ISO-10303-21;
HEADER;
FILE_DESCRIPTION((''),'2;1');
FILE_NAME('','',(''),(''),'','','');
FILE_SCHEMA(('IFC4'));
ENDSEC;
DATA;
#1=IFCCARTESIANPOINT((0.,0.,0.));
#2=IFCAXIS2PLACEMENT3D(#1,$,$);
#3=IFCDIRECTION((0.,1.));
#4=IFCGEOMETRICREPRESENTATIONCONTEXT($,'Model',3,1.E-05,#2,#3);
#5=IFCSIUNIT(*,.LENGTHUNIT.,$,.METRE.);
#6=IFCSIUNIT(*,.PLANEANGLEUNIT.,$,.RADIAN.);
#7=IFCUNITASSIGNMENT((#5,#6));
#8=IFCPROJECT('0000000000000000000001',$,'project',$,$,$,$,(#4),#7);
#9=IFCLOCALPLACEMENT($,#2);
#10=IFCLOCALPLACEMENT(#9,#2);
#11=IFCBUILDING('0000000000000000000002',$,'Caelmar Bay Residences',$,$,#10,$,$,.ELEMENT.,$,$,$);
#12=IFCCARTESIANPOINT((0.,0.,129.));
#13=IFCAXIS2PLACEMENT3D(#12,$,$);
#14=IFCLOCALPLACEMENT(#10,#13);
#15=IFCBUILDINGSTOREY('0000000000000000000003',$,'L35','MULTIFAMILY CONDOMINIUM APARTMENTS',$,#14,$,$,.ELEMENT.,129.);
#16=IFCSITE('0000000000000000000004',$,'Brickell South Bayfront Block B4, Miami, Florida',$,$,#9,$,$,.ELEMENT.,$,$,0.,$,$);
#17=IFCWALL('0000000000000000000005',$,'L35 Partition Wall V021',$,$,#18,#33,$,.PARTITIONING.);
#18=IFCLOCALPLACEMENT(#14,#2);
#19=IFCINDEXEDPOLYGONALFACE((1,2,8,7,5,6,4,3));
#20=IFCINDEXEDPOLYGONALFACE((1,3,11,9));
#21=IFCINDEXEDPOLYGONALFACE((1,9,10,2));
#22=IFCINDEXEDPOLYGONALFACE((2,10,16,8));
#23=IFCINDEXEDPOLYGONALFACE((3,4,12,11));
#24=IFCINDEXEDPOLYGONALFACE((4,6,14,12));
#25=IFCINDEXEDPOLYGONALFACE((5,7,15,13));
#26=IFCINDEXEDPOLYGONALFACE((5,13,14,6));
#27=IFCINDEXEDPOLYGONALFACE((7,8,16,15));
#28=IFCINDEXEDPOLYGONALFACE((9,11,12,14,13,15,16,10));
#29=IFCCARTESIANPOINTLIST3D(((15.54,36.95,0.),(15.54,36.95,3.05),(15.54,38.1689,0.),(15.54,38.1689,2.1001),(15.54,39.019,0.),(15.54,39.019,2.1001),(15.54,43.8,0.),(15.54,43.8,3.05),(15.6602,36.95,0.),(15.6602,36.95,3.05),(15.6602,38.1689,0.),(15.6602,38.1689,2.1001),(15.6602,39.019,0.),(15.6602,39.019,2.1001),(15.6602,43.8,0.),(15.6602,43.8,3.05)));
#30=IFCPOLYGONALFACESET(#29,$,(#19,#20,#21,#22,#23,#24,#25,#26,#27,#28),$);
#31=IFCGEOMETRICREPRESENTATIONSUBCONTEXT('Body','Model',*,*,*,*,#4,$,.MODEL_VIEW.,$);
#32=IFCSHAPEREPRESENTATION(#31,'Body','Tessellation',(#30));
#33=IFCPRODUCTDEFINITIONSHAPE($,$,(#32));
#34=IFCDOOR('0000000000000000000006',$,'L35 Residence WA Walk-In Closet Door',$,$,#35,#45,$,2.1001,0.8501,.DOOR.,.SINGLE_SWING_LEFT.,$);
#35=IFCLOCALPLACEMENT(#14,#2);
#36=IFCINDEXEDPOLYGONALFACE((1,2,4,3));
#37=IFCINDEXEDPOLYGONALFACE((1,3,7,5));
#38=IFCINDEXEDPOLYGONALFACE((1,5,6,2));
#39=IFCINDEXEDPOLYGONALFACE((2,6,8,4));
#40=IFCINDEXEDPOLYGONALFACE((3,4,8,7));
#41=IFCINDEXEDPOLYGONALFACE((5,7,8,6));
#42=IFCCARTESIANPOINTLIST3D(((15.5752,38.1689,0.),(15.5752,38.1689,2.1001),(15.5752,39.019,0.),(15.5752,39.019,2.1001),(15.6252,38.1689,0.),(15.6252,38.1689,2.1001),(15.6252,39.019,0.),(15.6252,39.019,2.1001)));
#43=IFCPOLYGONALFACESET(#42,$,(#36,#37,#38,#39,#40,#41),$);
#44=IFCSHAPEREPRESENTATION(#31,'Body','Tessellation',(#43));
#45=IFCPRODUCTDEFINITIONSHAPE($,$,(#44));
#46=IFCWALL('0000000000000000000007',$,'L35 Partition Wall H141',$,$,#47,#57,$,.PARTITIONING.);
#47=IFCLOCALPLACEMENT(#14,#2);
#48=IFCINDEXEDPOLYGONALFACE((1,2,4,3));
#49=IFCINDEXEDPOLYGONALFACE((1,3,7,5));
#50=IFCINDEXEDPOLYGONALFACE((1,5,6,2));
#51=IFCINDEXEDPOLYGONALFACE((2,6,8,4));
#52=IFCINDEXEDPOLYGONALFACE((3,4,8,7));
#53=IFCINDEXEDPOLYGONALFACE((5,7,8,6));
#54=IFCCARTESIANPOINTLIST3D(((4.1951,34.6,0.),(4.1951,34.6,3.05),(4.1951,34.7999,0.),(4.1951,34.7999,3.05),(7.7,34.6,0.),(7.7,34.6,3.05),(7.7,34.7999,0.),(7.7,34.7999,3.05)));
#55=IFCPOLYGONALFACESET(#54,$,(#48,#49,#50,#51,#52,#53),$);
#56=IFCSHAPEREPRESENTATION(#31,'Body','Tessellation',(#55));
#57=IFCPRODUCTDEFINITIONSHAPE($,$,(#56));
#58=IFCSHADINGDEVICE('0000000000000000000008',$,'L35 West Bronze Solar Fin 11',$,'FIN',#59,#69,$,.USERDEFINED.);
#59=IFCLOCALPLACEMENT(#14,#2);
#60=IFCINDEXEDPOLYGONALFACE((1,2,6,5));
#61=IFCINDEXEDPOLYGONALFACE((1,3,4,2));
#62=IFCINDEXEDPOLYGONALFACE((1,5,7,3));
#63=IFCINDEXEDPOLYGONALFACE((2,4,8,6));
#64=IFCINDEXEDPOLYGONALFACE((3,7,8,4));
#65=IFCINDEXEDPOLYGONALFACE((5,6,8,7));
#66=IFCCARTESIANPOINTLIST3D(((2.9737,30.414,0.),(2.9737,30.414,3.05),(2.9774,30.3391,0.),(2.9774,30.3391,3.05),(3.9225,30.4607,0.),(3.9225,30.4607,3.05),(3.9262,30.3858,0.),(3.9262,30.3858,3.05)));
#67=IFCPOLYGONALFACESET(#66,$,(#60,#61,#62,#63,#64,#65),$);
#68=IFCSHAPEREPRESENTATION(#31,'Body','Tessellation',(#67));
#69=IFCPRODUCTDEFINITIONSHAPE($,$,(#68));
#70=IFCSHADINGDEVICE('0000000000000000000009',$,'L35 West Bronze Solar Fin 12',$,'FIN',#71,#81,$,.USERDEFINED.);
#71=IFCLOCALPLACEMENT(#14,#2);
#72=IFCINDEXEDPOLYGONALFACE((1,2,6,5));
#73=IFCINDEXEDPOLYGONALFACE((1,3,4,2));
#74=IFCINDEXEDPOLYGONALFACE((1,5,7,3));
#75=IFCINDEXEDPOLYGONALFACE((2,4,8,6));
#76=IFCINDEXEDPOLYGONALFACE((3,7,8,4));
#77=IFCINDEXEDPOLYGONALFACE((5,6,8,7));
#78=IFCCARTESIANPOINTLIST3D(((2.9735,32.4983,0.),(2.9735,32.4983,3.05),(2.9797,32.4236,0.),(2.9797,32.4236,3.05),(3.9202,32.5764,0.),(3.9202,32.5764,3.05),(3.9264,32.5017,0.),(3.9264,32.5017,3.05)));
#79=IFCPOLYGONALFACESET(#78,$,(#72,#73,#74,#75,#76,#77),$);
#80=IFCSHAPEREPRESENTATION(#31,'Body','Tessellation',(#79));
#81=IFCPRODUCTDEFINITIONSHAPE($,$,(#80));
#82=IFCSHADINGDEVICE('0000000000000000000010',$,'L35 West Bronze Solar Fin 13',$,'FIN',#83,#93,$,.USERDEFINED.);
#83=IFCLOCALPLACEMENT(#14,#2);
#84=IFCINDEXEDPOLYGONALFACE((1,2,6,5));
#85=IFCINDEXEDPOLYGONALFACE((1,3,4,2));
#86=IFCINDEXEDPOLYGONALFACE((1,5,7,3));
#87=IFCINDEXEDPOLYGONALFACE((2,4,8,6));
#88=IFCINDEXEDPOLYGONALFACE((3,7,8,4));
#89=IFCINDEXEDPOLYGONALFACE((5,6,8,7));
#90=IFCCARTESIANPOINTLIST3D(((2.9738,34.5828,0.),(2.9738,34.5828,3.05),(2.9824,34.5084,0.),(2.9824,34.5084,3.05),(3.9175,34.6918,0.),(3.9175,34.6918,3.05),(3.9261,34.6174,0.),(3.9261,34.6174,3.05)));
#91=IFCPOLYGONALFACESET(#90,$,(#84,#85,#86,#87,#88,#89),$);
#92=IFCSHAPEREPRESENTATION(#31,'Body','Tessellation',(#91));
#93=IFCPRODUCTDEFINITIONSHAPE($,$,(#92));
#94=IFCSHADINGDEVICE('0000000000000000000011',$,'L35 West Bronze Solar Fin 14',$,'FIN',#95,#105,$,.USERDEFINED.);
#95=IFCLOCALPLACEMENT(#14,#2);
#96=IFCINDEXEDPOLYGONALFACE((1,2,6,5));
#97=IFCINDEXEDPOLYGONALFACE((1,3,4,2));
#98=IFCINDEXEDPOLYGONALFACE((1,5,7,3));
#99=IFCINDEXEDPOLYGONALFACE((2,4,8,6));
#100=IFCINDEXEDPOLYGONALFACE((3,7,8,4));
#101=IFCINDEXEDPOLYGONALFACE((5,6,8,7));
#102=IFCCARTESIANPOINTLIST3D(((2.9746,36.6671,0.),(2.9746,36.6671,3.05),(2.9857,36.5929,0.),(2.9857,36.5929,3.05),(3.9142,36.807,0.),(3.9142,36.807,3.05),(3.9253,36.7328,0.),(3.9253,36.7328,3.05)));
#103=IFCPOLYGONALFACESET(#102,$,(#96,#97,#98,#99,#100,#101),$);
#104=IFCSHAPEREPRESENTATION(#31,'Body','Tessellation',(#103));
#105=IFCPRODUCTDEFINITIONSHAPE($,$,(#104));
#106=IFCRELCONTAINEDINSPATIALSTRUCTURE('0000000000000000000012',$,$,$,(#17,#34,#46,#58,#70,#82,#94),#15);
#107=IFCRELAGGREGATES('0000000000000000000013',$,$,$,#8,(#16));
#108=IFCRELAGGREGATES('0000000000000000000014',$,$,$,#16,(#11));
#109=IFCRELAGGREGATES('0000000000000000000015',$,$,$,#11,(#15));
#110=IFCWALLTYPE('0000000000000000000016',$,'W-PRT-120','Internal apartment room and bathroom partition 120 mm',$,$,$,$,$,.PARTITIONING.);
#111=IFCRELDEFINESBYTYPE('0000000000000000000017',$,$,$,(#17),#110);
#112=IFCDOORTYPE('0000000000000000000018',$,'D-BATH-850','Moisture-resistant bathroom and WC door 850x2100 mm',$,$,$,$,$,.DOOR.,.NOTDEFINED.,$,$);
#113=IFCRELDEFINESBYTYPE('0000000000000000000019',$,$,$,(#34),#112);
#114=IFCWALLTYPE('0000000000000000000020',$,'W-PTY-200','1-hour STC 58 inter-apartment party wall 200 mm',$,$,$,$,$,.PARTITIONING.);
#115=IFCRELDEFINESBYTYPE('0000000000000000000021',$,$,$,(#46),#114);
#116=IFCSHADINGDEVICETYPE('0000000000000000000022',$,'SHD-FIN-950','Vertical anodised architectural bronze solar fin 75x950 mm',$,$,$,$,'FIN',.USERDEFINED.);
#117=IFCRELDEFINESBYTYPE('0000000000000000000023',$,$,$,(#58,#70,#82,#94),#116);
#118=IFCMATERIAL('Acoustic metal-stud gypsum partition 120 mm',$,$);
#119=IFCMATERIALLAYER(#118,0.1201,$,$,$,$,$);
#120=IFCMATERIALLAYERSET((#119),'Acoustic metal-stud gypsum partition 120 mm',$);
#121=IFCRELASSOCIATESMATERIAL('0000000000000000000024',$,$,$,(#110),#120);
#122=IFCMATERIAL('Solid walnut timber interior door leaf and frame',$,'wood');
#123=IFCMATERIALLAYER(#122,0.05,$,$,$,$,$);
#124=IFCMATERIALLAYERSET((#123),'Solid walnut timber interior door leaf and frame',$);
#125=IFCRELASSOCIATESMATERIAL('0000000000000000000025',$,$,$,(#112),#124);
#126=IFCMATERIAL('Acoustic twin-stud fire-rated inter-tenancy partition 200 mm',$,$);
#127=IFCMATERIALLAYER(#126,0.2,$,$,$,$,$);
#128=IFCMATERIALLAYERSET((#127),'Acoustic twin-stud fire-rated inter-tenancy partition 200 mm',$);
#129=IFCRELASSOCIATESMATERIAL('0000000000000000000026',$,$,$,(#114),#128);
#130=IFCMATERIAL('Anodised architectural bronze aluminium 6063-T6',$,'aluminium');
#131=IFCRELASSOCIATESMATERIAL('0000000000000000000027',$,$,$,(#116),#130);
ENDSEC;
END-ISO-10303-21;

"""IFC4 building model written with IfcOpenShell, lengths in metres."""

from ifc_helpers import new_model, si_unit, direction, frame, frame_2d, origin, origin_2d, place, context, subcontext, project, spatial, rectangle, extrude, material, layer, layer_set, material_profile, profile_set, type_object, element, fill, save


model = new_model("IFC4")

# Units and contexts
model_context = context("Model", 3, precision=1e-05, world=origin(), true_north=direction((0.0, 1.0)))
body_context = subcontext(model_context, "Body", "Model", "MODEL_VIEW")
ifc_project = project(units=[si_unit("LENGTHUNIT", "METRE"), si_unit("PLANEANGLEUNIT", "RADIAN")], contexts=[model_context])

# Site, building, storey
site_placement = place(None, origin())
site = spatial("IfcSite", under=ifc_project, at=site_placement, Name="Brickell South Bayfront Block B4, Miami, Florida", CompositionType="ELEMENT", RefElevation=0.0)
building_placement = place(site_placement, origin())
building = spatial("IfcBuilding", under=site, at=building_placement, Name="Caelmar Bay Residences", CompositionType="ELEMENT")
storey_placement = place(building_placement, frame((0.0, 0.0, 129.0)))
storey = spatial("IfcBuildingStorey", under=building, at=storey_placement, Name="L35", Description="MULTIFAMILY CONDOMINIUM APARTMENTS", CompositionType="ELEMENT", Elevation=129.0)

# Wall, opening, door
ifc_material_1 = material(Name="Acoustic metal-stud gypsum partition 120 mm")
ifc_layer_1 = layer(ifc_material_1, 0.1201)
ifc_layer_set_1 = layer_set([ifc_layer_1], Name="Acoustic metal-stud gypsum partition 120 mm")
wall_type_1 = type_object("IfcWallType", Name="W-PRT-120", Description="Internal apartment room and bathroom partition 120 mm", PredefinedType="PARTITIONING", material=ifc_layer_set_1)
ifc_material_2 = material(Name="Solid walnut timber interior door leaf and frame", Category="wood")
wall_1_placement = place(storey_placement, frame((15.6001, 36.95, 0.0), z_axis=(0.0, 0.0, 1.0), x_axis=(0.0, 1.0, 0.0)))
wall_1 = element("IfcWall", 1, at=wall_1_placement, inside=storey, type_object=wall_type_1, Name="L35 Partition Wall V021", PredefinedType="PARTITIONING", context=body_context, shape_type="SweptSolid", body=[
    extrude(rectangle(XDim=6.8501, YDim=0.1201, at=frame_2d((3.425, 0.0))), origin(), (0.0, 0.0, 1.0), 3.05),
])
opening_1_placement = place(wall_1_placement, frame((1.219, 0.0, 0.0)))
opening_1 = element("IfcOpeningElement", 2, at=opening_1_placement, cuts=wall_1, PredefinedType="OPENING", context=body_context, shape_type="SweptSolid", body=[
    extrude(rectangle(XDim=0.8501, YDim=2.1001, at=frame_2d((0.425, 1.05))), frame((0.0, 0.0701, 0.0), z_axis=(0.0, -1.0, 0.0), x_axis=(1.0, 0.0, 0.0)), (0.0, 0.0, 1.0), 0.1401),
])
ifc_layer_2 = layer(ifc_material_2, 0.05)
ifc_layer_set_2 = layer_set([ifc_layer_2], Name="Solid walnut timber interior door leaf and frame")
door_type_1 = type_object("IfcDoorType", Name="D-BATH-850", Description="Moisture-resistant bathroom and WC door 850x2100 mm", OperationType="NOTDEFINED", PredefinedType="DOOR", material=ifc_layer_set_2)
door_1_placement = place(opening_1_placement, origin())
door_1 = element("IfcDoor", 3, at=door_1_placement, inside=storey, type_object=door_type_1, Name="L35 Residence WA Walk-In Closet Door", OperationType="SINGLE_SWING_LEFT", OverallHeight=2.1001, OverallWidth=0.8501, PredefinedType="DOOR", context=body_context, shape_type="SweptSolid", body=[
    extrude(rectangle(XDim=0.8501, YDim=2.1001, at=frame_2d((0.425, 1.05))), frame((0.0, 0.0249, 0.0), z_axis=(0.0, -1.0, 0.0), x_axis=(1.0, 0.0, 0.0)), (0.0, 0.0, 1.0), 0.05),
])
fill(opening_1, door_1)

# Wall
ifc_material_3 = material(Name="Acoustic twin-stud fire-rated inter-tenancy partition 200 mm")
ifc_layer_3 = layer(ifc_material_3, 0.2)
ifc_layer_set_3 = layer_set([ifc_layer_3], Name="Acoustic twin-stud fire-rated inter-tenancy partition 200 mm")
wall_type_2 = type_object("IfcWallType", Name="W-PTY-200", Description="1-hour STC 58 inter-apartment party wall 200 mm", PredefinedType="PARTITIONING", material=ifc_layer_set_3)
wall_2_placement = place(storey_placement, frame((4.1951, 34.7, 0.0), z_axis=(0.0, 0.0, 1.0), x_axis=(1.0, 0.0, 0.0)))
element("IfcWall", 4, at=wall_2_placement, inside=storey, type_object=wall_type_2, Name="L35 Partition Wall H141", PredefinedType="PARTITIONING", context=body_context, shape_type="SweptSolid", body=[
    extrude(rectangle(XDim=3.5049, YDim=0.2, at=frame_2d((1.7524, 0.0))), origin(), (0.0, 0.0, 1.0), 3.05),
])

# Shading devices
ifc_material_4 = material(Name="Anodised architectural bronze aluminium 6063-T6", Category="aluminium")
ifc_material_profile_1 = material_profile(ifc_material_4, rectangle(XDim=0.075, YDim=0.95, at=origin_2d()), Name="BRONZE-FIN-75X950")
ifc_profile_set_1 = profile_set([ifc_material_profile_1], Name="Anodised architectural bronze aluminium 6063-T6")
shading_device_type = type_object("IfcShadingDeviceType", Name="SHD-FIN-950", Description="Vertical anodised architectural bronze solar fin 75x950 mm", ElementType="FIN", PredefinedType="USERDEFINED", material=ifc_profile_set_1)
for number, where, z_axis, x_axis, name in (
    (5, (3.45, 30.3999, 0.0), (0.0, 0.0, 1.0), (-0.049198, 0.998789, 0.0), "L35 West Bronze Solar Fin 11"),
    (6, (3.45, 32.5, 0.0), (0.0, 0.0, 1.0), (-0.082112, 0.996623, 0.0), "L35 West Bronze Solar Fin 12"),
    (7, (3.45, 34.6001, 0.0), (0.0, 0.0, 1.0), (-0.114764, 0.993393, 0.0), "L35 West Bronze Solar Fin 13"),
    (8, (3.45, 36.7, 0.0), (0.0, 0.0, 1.0), (-0.147292, 0.989093, 0.0), "L35 West Bronze Solar Fin 14"),
):
    element("IfcShadingDevice", number, at=place(storey_placement, frame(where, z_axis=z_axis, x_axis=x_axis)), inside=storey, type_object=shading_device_type, Name=name, ObjectType="FIN", PredefinedType="USERDEFINED", context=body_context, shape_type="SweptSolid", body=[
        extrude(rectangle(XDim=0.075, YDim=0.95, at=origin_2d()), origin(), (0.0, 0.0, 1.0), 3.05),
    ])

save(model, "model.ifc")
